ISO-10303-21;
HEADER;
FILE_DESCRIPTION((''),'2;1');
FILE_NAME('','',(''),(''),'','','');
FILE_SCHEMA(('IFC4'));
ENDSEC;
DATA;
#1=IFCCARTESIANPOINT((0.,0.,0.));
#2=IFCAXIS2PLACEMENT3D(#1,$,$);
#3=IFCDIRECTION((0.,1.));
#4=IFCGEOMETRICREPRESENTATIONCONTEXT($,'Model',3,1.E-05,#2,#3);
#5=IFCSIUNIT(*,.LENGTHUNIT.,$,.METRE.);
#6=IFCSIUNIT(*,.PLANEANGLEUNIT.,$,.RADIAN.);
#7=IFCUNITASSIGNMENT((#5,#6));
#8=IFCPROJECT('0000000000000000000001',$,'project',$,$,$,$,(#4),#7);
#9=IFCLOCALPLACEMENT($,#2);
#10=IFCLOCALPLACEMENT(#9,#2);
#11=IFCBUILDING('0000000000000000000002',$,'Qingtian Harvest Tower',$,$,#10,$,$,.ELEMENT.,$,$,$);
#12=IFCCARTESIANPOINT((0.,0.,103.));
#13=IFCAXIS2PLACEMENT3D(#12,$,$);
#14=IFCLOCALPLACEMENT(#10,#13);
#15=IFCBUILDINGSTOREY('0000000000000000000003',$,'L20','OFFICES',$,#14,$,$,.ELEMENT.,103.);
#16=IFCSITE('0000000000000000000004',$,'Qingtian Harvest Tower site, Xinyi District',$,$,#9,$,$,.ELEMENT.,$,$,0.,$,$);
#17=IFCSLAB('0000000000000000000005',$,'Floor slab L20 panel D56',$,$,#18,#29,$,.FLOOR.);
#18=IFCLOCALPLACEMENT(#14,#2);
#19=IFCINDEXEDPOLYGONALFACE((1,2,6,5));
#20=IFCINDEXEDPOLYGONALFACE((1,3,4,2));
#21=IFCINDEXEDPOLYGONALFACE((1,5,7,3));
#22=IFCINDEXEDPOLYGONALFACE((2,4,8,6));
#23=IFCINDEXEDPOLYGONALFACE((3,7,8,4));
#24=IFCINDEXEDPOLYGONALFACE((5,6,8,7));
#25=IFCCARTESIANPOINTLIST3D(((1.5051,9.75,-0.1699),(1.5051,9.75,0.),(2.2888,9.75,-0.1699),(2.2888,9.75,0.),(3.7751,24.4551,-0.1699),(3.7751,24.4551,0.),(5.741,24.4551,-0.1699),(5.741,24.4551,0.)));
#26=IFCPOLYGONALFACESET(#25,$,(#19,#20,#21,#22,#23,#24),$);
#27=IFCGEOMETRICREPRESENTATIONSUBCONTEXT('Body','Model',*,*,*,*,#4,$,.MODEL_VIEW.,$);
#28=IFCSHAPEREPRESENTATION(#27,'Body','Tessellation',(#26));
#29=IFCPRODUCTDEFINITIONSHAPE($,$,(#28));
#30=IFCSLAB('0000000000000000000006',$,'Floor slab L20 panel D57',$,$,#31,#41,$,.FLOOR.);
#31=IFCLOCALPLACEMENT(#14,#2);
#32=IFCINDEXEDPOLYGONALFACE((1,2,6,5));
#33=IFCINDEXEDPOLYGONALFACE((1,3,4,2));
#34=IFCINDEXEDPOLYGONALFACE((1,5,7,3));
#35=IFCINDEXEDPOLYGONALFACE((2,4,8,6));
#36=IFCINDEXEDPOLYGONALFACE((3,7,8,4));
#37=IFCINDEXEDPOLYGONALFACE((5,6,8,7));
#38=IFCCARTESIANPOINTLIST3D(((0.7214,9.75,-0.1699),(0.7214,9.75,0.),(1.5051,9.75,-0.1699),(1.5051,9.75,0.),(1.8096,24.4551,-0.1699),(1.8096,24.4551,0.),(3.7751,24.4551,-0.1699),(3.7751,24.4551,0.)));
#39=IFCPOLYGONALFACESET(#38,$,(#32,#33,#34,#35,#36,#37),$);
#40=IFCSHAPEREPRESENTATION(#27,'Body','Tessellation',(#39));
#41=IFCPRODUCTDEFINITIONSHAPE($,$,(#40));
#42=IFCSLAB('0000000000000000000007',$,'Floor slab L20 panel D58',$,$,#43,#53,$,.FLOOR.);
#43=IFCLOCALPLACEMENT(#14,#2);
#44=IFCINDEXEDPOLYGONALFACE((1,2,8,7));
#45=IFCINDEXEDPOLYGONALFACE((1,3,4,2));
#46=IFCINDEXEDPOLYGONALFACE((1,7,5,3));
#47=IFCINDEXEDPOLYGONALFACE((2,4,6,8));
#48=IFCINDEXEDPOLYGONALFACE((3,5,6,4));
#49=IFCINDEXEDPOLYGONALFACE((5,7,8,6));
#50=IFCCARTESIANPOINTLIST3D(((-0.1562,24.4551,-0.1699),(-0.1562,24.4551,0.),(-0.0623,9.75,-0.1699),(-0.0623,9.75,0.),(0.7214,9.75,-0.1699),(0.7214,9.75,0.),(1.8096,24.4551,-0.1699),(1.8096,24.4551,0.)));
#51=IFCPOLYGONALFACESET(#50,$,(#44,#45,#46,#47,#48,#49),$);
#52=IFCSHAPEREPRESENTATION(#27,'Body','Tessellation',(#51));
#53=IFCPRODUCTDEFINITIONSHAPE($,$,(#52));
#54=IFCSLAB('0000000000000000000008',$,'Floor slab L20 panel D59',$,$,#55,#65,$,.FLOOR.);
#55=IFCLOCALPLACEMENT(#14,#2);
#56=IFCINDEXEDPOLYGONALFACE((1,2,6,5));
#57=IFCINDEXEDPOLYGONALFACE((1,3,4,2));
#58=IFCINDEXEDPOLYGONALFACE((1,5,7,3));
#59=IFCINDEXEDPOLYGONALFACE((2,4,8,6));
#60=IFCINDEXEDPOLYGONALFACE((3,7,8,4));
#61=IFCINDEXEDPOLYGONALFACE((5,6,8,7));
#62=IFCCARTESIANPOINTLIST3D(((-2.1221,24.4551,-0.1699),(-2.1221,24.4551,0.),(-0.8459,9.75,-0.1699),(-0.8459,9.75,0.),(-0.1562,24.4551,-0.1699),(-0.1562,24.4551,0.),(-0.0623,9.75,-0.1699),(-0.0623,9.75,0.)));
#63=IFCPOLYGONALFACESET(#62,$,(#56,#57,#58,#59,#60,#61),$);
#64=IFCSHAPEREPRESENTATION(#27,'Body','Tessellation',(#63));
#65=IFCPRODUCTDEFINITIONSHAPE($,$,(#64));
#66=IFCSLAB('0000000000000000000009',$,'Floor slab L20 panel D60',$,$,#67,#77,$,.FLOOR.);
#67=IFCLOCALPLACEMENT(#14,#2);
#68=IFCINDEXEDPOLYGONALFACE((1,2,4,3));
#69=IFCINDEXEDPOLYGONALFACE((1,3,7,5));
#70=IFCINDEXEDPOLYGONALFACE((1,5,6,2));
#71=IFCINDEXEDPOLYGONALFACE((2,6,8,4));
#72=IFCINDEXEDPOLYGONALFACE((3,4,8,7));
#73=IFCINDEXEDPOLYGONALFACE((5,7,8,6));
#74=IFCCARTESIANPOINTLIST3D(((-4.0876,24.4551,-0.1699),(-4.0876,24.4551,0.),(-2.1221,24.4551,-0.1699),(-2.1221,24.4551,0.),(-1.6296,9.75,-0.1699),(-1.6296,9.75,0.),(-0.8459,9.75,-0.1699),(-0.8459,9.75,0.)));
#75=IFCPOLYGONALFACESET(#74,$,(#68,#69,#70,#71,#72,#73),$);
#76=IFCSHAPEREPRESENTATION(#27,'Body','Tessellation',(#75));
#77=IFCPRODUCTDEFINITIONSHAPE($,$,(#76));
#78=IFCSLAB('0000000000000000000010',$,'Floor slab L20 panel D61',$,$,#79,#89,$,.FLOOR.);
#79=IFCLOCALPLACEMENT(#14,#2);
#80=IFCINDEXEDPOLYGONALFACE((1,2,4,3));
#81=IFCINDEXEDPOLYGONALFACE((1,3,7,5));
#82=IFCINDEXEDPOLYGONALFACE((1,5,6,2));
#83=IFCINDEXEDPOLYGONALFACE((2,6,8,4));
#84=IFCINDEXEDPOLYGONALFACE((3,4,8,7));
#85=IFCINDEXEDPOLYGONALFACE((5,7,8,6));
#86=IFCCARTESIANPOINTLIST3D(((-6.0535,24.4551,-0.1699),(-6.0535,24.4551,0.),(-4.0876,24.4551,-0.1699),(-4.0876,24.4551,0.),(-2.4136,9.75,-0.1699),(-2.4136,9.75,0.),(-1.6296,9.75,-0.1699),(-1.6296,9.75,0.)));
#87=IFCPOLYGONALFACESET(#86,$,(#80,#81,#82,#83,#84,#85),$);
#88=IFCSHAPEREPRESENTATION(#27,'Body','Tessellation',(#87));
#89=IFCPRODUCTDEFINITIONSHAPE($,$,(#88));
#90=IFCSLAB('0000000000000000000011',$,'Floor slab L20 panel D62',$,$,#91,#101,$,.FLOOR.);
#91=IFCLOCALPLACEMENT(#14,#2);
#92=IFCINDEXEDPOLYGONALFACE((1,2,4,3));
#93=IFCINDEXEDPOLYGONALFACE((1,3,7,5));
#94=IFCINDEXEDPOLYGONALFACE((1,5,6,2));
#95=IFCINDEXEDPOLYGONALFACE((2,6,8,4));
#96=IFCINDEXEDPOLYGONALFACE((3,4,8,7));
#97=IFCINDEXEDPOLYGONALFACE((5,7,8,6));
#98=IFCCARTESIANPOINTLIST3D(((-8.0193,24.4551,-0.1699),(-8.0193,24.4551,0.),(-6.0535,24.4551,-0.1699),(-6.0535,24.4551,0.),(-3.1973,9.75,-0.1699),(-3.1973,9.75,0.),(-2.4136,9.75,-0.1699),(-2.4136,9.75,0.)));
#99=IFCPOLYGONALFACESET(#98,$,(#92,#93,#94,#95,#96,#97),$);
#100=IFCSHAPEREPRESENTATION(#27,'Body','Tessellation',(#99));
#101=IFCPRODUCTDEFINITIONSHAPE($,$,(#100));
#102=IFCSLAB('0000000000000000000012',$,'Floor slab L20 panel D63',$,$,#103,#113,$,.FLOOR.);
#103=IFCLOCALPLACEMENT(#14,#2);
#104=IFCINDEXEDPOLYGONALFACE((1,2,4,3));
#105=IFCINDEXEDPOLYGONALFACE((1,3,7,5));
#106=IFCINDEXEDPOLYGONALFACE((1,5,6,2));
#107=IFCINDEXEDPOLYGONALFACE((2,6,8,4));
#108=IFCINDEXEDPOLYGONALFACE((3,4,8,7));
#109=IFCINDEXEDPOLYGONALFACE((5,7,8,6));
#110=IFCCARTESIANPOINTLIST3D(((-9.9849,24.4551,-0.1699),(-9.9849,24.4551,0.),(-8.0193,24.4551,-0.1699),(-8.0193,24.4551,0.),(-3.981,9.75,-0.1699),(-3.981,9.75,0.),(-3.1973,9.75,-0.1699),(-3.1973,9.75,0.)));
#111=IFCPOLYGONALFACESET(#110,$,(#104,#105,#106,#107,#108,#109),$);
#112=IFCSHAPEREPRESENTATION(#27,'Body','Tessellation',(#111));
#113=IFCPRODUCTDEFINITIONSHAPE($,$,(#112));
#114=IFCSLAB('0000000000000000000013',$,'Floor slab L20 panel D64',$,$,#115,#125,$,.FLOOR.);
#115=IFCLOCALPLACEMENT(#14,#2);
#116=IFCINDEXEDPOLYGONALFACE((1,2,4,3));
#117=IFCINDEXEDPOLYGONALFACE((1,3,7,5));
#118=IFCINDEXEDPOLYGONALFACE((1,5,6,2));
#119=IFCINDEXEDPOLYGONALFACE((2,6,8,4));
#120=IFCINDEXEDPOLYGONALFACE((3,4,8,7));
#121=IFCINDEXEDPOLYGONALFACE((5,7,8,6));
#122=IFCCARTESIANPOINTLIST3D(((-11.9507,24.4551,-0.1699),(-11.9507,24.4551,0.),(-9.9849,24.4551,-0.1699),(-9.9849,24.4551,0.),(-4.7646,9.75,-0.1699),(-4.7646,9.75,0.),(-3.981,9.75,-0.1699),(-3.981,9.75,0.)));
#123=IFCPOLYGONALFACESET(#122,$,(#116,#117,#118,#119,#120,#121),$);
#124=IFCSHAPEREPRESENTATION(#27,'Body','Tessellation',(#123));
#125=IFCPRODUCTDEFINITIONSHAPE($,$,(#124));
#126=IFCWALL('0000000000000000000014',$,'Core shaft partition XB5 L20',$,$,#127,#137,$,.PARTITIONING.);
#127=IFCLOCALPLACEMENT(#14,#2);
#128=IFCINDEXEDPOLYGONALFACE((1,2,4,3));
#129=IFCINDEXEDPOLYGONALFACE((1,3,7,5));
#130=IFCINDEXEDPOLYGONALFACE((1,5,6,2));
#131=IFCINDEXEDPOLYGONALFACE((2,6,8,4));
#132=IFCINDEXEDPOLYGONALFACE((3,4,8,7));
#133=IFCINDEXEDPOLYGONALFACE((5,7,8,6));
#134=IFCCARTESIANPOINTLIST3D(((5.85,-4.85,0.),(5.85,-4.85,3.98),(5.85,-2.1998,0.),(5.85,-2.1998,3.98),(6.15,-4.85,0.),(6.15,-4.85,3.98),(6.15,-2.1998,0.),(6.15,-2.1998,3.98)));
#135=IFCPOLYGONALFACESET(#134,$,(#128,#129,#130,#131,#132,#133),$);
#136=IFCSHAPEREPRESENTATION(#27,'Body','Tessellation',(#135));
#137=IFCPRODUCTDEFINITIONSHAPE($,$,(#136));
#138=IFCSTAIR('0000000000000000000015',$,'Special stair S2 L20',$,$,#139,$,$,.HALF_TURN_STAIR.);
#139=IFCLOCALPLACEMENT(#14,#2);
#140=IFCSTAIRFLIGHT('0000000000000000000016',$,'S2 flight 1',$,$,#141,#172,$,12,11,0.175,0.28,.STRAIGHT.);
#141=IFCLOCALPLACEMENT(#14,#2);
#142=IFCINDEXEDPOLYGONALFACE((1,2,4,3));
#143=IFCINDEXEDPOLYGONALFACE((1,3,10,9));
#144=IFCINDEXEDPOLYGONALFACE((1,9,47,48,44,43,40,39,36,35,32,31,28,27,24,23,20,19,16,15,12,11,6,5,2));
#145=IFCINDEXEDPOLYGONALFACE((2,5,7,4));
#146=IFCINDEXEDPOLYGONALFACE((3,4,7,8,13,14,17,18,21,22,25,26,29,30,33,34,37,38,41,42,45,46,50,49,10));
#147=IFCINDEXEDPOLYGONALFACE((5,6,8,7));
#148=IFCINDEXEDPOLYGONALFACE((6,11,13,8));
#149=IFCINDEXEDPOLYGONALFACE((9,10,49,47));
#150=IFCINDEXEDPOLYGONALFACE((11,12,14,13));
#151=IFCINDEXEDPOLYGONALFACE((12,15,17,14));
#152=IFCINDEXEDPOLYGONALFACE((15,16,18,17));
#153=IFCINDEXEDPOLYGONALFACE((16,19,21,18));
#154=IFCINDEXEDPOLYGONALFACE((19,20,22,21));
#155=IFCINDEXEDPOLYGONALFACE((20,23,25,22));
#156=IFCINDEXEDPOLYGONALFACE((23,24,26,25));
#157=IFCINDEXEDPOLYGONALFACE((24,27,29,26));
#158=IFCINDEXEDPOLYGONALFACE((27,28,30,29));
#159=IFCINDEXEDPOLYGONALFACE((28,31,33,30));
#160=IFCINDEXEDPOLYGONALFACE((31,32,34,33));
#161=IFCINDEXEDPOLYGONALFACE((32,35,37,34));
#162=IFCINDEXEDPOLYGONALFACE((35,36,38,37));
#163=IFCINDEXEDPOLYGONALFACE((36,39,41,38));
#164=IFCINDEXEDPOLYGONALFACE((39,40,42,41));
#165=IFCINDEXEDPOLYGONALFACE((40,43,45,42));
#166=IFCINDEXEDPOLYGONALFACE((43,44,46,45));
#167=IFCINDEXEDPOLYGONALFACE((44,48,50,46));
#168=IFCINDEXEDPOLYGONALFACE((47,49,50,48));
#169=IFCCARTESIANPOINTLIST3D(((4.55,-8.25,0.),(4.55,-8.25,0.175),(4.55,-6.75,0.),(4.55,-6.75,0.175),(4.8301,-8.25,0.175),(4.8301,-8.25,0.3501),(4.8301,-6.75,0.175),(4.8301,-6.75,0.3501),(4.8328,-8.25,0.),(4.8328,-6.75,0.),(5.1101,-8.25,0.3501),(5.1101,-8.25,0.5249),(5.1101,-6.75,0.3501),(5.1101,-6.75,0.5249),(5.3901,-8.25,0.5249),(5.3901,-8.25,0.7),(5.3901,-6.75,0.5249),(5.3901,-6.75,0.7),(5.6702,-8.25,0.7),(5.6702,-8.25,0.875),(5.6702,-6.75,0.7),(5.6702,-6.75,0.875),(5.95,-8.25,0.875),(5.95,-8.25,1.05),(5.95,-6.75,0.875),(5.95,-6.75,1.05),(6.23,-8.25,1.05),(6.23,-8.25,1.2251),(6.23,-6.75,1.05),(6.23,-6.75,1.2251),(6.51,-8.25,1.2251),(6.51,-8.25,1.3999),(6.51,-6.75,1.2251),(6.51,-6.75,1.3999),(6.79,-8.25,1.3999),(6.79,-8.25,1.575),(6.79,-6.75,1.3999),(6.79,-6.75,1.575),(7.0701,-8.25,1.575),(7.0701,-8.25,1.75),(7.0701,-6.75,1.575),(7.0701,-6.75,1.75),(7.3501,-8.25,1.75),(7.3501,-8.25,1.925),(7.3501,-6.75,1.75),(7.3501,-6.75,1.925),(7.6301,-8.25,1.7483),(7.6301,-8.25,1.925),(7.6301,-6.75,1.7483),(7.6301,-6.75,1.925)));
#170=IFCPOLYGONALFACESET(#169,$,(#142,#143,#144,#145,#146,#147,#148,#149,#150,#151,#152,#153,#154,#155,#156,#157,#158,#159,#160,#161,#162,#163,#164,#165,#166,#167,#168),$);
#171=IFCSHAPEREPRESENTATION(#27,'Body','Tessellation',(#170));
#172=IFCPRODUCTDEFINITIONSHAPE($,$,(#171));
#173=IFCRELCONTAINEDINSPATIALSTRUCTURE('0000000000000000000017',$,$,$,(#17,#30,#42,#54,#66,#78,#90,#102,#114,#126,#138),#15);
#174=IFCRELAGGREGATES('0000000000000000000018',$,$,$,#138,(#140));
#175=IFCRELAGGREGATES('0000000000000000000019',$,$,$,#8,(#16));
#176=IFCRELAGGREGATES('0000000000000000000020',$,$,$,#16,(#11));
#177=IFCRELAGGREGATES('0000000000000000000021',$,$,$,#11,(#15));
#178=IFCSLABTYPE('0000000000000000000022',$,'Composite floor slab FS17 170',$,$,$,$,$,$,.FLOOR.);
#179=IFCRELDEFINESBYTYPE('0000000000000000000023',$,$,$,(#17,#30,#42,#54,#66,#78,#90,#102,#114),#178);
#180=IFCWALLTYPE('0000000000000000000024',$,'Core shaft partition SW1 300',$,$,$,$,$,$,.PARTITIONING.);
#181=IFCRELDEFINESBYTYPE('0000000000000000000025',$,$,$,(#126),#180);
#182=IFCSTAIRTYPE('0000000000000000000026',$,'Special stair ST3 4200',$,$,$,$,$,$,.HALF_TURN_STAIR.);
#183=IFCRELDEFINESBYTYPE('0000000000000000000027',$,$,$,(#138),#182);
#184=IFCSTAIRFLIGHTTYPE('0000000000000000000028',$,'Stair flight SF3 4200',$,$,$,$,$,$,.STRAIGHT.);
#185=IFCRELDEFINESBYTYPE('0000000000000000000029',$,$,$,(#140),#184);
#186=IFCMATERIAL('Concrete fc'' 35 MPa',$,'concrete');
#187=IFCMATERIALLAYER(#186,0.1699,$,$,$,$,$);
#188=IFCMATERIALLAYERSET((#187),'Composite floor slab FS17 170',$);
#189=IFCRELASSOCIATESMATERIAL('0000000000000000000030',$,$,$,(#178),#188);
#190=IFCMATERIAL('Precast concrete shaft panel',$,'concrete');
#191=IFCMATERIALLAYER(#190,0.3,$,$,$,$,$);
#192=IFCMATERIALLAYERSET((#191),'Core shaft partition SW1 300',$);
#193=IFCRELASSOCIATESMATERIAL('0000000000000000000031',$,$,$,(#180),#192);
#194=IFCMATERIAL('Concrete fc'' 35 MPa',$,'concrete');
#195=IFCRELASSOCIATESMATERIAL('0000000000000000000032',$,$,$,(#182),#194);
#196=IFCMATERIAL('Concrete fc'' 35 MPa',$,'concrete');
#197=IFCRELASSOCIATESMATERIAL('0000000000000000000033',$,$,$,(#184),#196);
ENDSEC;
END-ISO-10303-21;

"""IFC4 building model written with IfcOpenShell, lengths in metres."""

from ifc_helpers import new_model, si_unit, direction, frame, frame_2d, origin, place, context, subcontext, project, spatial, polyline, rectangle, outline, extrude, material, layer, layer_set, type_object, element, aggregate, save


model = new_model("IFC4")

# Units and contexts
model_context = context("Model", 3, precision=1e-05, world=origin(), true_north=direction((0.0, 1.0)))
body_context = subcontext(model_context, "Body", "Model", "MODEL_VIEW")
ifc_project = project(units=[si_unit("LENGTHUNIT", "METRE"), si_unit("PLANEANGLEUNIT", "RADIAN")], contexts=[model_context])

# Site, building, storey
site_placement = place(None, origin())
site = spatial("IfcSite", under=ifc_project, at=site_placement, Name="Qingtian Harvest Tower site, Xinyi District", CompositionType="ELEMENT", RefElevation=0.0)
building_placement = place(site_placement, origin())
building = spatial("IfcBuilding", under=site, at=building_placement, Name="Qingtian Harvest Tower", CompositionType="ELEMENT")
storey_placement = place(building_placement, frame((0.0, 0.0, 103.0)))
storey = spatial("IfcBuildingStorey", under=building, at=storey_placement, Name="L20", Description="OFFICES", CompositionType="ELEMENT", Elevation=103.0)

# Slabs
ifc_material_1 = material(Name="Concrete fc' 35 MPa", Category="concrete")
ifc_layer_1 = layer(ifc_material_1, 0.1699)
ifc_layer_set_1 = layer_set([ifc_layer_1], Name="Composite floor slab FS17 170")
slab_type = type_object("IfcSlabType", Name="Composite floor slab FS17 170", PredefinedType="FLOOR", material=ifc_layer_set_1)
slab_1_placement = place(storey_placement, frame((0.0, 0.0, -0.1699)))
element("IfcSlab", 1, at=slab_1_placement, inside=storey, type_object=slab_type, Name="Floor slab L20 panel D56", PredefinedType="FLOOR", context=body_context, shape_type="SweptSolid", body=[
    extrude(outline(polyline([(1.5051, 9.75), (3.7751, 24.4551), (5.741, 24.4551), (2.2888, 9.75), (1.5051, 9.75)])), origin(), (0.0, 0.0, 1.0), 0.1699),
])
slab_2_placement = place(storey_placement, frame((0.0, 0.0, -0.1699)))
element("IfcSlab", 2, at=slab_2_placement, inside=storey, type_object=slab_type, Name="Floor slab L20 panel D57", PredefinedType="FLOOR", context=body_context, shape_type="SweptSolid", body=[
    extrude(outline(polyline([(0.7214, 9.75), (1.8096, 24.4551), (3.7751, 24.4551), (1.5051, 9.75), (0.7214, 9.75)])), origin(), (0.0, 0.0, 1.0), 0.1699),
])
slab_3_placement = place(storey_placement, frame((0.0, 0.0, -0.1699)))
element("IfcSlab", 3, at=slab_3_placement, inside=storey, type_object=slab_type, Name="Floor slab L20 panel D58", PredefinedType="FLOOR", context=body_context, shape_type="SweptSolid", body=[
    extrude(outline(polyline([(-0.0623, 9.75), (-0.1562, 24.4551), (1.8096, 24.4551), (0.7214, 9.75), (-0.0623, 9.75)])), origin(), (0.0, 0.0, 1.0), 0.1699),
])
slab_4_placement = place(storey_placement, frame((0.0, 0.0, -0.1699)))
element("IfcSlab", 4, at=slab_4_placement, inside=storey, type_object=slab_type, Name="Floor slab L20 panel D59", PredefinedType="FLOOR", context=body_context, shape_type="SweptSolid", body=[
    extrude(outline(polyline([(-0.8459, 9.75), (-2.1221, 24.4551), (-0.1562, 24.4551), (-0.0623, 9.75), (-0.8459, 9.75)])), origin(), (0.0, 0.0, 1.0), 0.1699),
])
slab_5_placement = place(storey_placement, frame((0.0, 0.0, -0.1699)))
element("IfcSlab", 5, at=slab_5_placement, inside=storey, type_object=slab_type, Name="Floor slab L20 panel D60", PredefinedType="FLOOR", context=body_context, shape_type="SweptSolid", body=[
    extrude(outline(polyline([(-1.6296, 9.75), (-4.0876, 24.4551), (-2.1221, 24.4551), (-0.8459, 9.75), (-1.6296, 9.75)])), origin(), (0.0, 0.0, 1.0), 0.1699),
])
slab_6_placement = place(storey_placement, frame((0.0, 0.0, -0.1699)))
element("IfcSlab", 6, at=slab_6_placement, inside=storey, type_object=slab_type, Name="Floor slab L20 panel D61", PredefinedType="FLOOR", context=body_context, shape_type="SweptSolid", body=[
    extrude(outline(polyline([(-2.4136, 9.75), (-6.0535, 24.4551), (-4.0876, 24.4551), (-1.6296, 9.75), (-2.4136, 9.75)])), origin(), (0.0, 0.0, 1.0), 0.1699),
])
slab_7_placement = place(storey_placement, frame((0.0, 0.0, -0.1699)))
element("IfcSlab", 7, at=slab_7_placement, inside=storey, type_object=slab_type, Name="Floor slab L20 panel D62", PredefinedType="FLOOR", context=body_context, shape_type="SweptSolid", body=[
    extrude(outline(polyline([(-3.1973, 9.75), (-8.0193, 24.4551), (-6.0535, 24.4551), (-2.4136, 9.75), (-3.1973, 9.75)])), origin(), (0.0, 0.0, 1.0), 0.1699),
])
slab_8_placement = place(storey_placement, frame((0.0, 0.0, -0.1699)))
element("IfcSlab", 8, at=slab_8_placement, inside=storey, type_object=slab_type, Name="Floor slab L20 panel D63", PredefinedType="FLOOR", context=body_context, shape_type="SweptSolid", body=[
    extrude(outline(polyline([(-3.981, 9.75), (-9.9849, 24.4551), (-8.0193, 24.4551), (-3.1973, 9.75), (-3.981, 9.75)])), origin(), (0.0, 0.0, 1.0), 0.1699),
])
slab_9_placement = place(storey_placement, frame((0.0, 0.0, -0.1699)))
element("IfcSlab", 9, at=slab_9_placement, inside=storey, type_object=slab_type, Name="Floor slab L20 panel D64", PredefinedType="FLOOR", context=body_context, shape_type="SweptSolid", body=[
    extrude(outline(polyline([(-4.7646, 9.75), (-11.9507, 24.4551), (-9.9849, 24.4551), (-3.981, 9.75), (-4.7646, 9.75)])), origin(), (0.0, 0.0, 1.0), 0.1699),
])

# Wall
ifc_material_2 = material(Name="Precast concrete shaft panel", Category="concrete")
ifc_layer_2 = layer(ifc_material_2, 0.3)
ifc_layer_set_2 = layer_set([ifc_layer_2], Name="Core shaft partition SW1 300")
wall_type_1 = type_object("IfcWallType", Name="Core shaft partition SW1 300", PredefinedType="PARTITIONING", material=ifc_layer_set_2)
wall_1_placement = place(storey_placement, frame((6.0, -4.8501, 0.0), z_axis=(0.0, 0.0, 1.0), x_axis=(0.0, 1.0, 0.0)))
element("IfcWall", 10, at=wall_1_placement, inside=storey, type_object=wall_type_1, Name="Core shaft partition XB5 L20", PredefinedType="PARTITIONING", context=body_context, shape_type="SweptSolid", body=[
    extrude(rectangle(XDim=2.6501, YDim=0.3, at=frame_2d((1.3252, 0.0))), origin(), (0.0, 0.0, 1.0), 3.98),
])

# Stair, stair flight
ifc_material_3 = material(Name="Concrete fc' 35 MPa", Category="concrete")
stair_type = type_object("IfcStairType", Name="Special stair ST3 4200", PredefinedType="HALF_TURN_STAIR", material=ifc_material_3)
stair_placement = place(storey_placement, origin())
stair = element("IfcStair", 11, at=stair_placement, inside=storey, type_object=stair_type, Name="Special stair S2 L20", PredefinedType="HALF_TURN_STAIR")
ifc_material_4 = material(Name="Concrete fc' 35 MPa", Category="concrete")
stair_flight_type = type_object("IfcStairFlightType", Name="Stair flight SF3 4200", PredefinedType="STRAIGHT", material=ifc_material_4)
stair_flight_1_placement = place(storey_placement, frame((4.55, -7.5, 0.0), z_axis=(0.0, 0.0, 1.0), x_axis=(1.0, 0.0, 0.0)))
stair_flight_1 = element("IfcStairFlight", 12, at=stair_flight_1_placement, type_object=stair_flight_type, Name="S2 flight 1", NumberOfRisers=12, NumberOfTreads=11, PredefinedType="STRAIGHT", RiserHeight=0.175, TreadLength=0.28, context=body_context, shape_type="SweptSolid", body=[
    extrude(outline(polyline([(0.0, 0.0), (0.0, 0.175), (0.28, 0.175), (0.28, 0.3501), (0.5601, 0.3501), (0.5601, 0.5249), (0.8401, 0.5249), (0.8401, 0.7), (1.1201, 0.7), (1.1201, 0.875), (1.3999, 0.875), (1.3999, 1.05), (1.6799, 1.05), (1.6799, 1.2251), (1.96, 1.2251), (1.96, 1.3999), (2.24, 1.3999), (2.24, 1.575), (2.52, 1.575), (2.52, 1.75), (2.8, 1.75), (2.8, 1.925), (3.0801, 1.925), (3.0801, 2.1001), (3.0801, 1.7483), (0.2827, 0.0), (0.0, 0.0)])), frame((0.0, 0.75, 0.0), z_axis=(0.0, -1.0, 0.0), x_axis=(1.0, 0.0, 0.0)), (0.0, 0.0, 1.0), 1.5),
])
aggregate(stair, [stair_flight_1])

save(model, "model.ifc")
